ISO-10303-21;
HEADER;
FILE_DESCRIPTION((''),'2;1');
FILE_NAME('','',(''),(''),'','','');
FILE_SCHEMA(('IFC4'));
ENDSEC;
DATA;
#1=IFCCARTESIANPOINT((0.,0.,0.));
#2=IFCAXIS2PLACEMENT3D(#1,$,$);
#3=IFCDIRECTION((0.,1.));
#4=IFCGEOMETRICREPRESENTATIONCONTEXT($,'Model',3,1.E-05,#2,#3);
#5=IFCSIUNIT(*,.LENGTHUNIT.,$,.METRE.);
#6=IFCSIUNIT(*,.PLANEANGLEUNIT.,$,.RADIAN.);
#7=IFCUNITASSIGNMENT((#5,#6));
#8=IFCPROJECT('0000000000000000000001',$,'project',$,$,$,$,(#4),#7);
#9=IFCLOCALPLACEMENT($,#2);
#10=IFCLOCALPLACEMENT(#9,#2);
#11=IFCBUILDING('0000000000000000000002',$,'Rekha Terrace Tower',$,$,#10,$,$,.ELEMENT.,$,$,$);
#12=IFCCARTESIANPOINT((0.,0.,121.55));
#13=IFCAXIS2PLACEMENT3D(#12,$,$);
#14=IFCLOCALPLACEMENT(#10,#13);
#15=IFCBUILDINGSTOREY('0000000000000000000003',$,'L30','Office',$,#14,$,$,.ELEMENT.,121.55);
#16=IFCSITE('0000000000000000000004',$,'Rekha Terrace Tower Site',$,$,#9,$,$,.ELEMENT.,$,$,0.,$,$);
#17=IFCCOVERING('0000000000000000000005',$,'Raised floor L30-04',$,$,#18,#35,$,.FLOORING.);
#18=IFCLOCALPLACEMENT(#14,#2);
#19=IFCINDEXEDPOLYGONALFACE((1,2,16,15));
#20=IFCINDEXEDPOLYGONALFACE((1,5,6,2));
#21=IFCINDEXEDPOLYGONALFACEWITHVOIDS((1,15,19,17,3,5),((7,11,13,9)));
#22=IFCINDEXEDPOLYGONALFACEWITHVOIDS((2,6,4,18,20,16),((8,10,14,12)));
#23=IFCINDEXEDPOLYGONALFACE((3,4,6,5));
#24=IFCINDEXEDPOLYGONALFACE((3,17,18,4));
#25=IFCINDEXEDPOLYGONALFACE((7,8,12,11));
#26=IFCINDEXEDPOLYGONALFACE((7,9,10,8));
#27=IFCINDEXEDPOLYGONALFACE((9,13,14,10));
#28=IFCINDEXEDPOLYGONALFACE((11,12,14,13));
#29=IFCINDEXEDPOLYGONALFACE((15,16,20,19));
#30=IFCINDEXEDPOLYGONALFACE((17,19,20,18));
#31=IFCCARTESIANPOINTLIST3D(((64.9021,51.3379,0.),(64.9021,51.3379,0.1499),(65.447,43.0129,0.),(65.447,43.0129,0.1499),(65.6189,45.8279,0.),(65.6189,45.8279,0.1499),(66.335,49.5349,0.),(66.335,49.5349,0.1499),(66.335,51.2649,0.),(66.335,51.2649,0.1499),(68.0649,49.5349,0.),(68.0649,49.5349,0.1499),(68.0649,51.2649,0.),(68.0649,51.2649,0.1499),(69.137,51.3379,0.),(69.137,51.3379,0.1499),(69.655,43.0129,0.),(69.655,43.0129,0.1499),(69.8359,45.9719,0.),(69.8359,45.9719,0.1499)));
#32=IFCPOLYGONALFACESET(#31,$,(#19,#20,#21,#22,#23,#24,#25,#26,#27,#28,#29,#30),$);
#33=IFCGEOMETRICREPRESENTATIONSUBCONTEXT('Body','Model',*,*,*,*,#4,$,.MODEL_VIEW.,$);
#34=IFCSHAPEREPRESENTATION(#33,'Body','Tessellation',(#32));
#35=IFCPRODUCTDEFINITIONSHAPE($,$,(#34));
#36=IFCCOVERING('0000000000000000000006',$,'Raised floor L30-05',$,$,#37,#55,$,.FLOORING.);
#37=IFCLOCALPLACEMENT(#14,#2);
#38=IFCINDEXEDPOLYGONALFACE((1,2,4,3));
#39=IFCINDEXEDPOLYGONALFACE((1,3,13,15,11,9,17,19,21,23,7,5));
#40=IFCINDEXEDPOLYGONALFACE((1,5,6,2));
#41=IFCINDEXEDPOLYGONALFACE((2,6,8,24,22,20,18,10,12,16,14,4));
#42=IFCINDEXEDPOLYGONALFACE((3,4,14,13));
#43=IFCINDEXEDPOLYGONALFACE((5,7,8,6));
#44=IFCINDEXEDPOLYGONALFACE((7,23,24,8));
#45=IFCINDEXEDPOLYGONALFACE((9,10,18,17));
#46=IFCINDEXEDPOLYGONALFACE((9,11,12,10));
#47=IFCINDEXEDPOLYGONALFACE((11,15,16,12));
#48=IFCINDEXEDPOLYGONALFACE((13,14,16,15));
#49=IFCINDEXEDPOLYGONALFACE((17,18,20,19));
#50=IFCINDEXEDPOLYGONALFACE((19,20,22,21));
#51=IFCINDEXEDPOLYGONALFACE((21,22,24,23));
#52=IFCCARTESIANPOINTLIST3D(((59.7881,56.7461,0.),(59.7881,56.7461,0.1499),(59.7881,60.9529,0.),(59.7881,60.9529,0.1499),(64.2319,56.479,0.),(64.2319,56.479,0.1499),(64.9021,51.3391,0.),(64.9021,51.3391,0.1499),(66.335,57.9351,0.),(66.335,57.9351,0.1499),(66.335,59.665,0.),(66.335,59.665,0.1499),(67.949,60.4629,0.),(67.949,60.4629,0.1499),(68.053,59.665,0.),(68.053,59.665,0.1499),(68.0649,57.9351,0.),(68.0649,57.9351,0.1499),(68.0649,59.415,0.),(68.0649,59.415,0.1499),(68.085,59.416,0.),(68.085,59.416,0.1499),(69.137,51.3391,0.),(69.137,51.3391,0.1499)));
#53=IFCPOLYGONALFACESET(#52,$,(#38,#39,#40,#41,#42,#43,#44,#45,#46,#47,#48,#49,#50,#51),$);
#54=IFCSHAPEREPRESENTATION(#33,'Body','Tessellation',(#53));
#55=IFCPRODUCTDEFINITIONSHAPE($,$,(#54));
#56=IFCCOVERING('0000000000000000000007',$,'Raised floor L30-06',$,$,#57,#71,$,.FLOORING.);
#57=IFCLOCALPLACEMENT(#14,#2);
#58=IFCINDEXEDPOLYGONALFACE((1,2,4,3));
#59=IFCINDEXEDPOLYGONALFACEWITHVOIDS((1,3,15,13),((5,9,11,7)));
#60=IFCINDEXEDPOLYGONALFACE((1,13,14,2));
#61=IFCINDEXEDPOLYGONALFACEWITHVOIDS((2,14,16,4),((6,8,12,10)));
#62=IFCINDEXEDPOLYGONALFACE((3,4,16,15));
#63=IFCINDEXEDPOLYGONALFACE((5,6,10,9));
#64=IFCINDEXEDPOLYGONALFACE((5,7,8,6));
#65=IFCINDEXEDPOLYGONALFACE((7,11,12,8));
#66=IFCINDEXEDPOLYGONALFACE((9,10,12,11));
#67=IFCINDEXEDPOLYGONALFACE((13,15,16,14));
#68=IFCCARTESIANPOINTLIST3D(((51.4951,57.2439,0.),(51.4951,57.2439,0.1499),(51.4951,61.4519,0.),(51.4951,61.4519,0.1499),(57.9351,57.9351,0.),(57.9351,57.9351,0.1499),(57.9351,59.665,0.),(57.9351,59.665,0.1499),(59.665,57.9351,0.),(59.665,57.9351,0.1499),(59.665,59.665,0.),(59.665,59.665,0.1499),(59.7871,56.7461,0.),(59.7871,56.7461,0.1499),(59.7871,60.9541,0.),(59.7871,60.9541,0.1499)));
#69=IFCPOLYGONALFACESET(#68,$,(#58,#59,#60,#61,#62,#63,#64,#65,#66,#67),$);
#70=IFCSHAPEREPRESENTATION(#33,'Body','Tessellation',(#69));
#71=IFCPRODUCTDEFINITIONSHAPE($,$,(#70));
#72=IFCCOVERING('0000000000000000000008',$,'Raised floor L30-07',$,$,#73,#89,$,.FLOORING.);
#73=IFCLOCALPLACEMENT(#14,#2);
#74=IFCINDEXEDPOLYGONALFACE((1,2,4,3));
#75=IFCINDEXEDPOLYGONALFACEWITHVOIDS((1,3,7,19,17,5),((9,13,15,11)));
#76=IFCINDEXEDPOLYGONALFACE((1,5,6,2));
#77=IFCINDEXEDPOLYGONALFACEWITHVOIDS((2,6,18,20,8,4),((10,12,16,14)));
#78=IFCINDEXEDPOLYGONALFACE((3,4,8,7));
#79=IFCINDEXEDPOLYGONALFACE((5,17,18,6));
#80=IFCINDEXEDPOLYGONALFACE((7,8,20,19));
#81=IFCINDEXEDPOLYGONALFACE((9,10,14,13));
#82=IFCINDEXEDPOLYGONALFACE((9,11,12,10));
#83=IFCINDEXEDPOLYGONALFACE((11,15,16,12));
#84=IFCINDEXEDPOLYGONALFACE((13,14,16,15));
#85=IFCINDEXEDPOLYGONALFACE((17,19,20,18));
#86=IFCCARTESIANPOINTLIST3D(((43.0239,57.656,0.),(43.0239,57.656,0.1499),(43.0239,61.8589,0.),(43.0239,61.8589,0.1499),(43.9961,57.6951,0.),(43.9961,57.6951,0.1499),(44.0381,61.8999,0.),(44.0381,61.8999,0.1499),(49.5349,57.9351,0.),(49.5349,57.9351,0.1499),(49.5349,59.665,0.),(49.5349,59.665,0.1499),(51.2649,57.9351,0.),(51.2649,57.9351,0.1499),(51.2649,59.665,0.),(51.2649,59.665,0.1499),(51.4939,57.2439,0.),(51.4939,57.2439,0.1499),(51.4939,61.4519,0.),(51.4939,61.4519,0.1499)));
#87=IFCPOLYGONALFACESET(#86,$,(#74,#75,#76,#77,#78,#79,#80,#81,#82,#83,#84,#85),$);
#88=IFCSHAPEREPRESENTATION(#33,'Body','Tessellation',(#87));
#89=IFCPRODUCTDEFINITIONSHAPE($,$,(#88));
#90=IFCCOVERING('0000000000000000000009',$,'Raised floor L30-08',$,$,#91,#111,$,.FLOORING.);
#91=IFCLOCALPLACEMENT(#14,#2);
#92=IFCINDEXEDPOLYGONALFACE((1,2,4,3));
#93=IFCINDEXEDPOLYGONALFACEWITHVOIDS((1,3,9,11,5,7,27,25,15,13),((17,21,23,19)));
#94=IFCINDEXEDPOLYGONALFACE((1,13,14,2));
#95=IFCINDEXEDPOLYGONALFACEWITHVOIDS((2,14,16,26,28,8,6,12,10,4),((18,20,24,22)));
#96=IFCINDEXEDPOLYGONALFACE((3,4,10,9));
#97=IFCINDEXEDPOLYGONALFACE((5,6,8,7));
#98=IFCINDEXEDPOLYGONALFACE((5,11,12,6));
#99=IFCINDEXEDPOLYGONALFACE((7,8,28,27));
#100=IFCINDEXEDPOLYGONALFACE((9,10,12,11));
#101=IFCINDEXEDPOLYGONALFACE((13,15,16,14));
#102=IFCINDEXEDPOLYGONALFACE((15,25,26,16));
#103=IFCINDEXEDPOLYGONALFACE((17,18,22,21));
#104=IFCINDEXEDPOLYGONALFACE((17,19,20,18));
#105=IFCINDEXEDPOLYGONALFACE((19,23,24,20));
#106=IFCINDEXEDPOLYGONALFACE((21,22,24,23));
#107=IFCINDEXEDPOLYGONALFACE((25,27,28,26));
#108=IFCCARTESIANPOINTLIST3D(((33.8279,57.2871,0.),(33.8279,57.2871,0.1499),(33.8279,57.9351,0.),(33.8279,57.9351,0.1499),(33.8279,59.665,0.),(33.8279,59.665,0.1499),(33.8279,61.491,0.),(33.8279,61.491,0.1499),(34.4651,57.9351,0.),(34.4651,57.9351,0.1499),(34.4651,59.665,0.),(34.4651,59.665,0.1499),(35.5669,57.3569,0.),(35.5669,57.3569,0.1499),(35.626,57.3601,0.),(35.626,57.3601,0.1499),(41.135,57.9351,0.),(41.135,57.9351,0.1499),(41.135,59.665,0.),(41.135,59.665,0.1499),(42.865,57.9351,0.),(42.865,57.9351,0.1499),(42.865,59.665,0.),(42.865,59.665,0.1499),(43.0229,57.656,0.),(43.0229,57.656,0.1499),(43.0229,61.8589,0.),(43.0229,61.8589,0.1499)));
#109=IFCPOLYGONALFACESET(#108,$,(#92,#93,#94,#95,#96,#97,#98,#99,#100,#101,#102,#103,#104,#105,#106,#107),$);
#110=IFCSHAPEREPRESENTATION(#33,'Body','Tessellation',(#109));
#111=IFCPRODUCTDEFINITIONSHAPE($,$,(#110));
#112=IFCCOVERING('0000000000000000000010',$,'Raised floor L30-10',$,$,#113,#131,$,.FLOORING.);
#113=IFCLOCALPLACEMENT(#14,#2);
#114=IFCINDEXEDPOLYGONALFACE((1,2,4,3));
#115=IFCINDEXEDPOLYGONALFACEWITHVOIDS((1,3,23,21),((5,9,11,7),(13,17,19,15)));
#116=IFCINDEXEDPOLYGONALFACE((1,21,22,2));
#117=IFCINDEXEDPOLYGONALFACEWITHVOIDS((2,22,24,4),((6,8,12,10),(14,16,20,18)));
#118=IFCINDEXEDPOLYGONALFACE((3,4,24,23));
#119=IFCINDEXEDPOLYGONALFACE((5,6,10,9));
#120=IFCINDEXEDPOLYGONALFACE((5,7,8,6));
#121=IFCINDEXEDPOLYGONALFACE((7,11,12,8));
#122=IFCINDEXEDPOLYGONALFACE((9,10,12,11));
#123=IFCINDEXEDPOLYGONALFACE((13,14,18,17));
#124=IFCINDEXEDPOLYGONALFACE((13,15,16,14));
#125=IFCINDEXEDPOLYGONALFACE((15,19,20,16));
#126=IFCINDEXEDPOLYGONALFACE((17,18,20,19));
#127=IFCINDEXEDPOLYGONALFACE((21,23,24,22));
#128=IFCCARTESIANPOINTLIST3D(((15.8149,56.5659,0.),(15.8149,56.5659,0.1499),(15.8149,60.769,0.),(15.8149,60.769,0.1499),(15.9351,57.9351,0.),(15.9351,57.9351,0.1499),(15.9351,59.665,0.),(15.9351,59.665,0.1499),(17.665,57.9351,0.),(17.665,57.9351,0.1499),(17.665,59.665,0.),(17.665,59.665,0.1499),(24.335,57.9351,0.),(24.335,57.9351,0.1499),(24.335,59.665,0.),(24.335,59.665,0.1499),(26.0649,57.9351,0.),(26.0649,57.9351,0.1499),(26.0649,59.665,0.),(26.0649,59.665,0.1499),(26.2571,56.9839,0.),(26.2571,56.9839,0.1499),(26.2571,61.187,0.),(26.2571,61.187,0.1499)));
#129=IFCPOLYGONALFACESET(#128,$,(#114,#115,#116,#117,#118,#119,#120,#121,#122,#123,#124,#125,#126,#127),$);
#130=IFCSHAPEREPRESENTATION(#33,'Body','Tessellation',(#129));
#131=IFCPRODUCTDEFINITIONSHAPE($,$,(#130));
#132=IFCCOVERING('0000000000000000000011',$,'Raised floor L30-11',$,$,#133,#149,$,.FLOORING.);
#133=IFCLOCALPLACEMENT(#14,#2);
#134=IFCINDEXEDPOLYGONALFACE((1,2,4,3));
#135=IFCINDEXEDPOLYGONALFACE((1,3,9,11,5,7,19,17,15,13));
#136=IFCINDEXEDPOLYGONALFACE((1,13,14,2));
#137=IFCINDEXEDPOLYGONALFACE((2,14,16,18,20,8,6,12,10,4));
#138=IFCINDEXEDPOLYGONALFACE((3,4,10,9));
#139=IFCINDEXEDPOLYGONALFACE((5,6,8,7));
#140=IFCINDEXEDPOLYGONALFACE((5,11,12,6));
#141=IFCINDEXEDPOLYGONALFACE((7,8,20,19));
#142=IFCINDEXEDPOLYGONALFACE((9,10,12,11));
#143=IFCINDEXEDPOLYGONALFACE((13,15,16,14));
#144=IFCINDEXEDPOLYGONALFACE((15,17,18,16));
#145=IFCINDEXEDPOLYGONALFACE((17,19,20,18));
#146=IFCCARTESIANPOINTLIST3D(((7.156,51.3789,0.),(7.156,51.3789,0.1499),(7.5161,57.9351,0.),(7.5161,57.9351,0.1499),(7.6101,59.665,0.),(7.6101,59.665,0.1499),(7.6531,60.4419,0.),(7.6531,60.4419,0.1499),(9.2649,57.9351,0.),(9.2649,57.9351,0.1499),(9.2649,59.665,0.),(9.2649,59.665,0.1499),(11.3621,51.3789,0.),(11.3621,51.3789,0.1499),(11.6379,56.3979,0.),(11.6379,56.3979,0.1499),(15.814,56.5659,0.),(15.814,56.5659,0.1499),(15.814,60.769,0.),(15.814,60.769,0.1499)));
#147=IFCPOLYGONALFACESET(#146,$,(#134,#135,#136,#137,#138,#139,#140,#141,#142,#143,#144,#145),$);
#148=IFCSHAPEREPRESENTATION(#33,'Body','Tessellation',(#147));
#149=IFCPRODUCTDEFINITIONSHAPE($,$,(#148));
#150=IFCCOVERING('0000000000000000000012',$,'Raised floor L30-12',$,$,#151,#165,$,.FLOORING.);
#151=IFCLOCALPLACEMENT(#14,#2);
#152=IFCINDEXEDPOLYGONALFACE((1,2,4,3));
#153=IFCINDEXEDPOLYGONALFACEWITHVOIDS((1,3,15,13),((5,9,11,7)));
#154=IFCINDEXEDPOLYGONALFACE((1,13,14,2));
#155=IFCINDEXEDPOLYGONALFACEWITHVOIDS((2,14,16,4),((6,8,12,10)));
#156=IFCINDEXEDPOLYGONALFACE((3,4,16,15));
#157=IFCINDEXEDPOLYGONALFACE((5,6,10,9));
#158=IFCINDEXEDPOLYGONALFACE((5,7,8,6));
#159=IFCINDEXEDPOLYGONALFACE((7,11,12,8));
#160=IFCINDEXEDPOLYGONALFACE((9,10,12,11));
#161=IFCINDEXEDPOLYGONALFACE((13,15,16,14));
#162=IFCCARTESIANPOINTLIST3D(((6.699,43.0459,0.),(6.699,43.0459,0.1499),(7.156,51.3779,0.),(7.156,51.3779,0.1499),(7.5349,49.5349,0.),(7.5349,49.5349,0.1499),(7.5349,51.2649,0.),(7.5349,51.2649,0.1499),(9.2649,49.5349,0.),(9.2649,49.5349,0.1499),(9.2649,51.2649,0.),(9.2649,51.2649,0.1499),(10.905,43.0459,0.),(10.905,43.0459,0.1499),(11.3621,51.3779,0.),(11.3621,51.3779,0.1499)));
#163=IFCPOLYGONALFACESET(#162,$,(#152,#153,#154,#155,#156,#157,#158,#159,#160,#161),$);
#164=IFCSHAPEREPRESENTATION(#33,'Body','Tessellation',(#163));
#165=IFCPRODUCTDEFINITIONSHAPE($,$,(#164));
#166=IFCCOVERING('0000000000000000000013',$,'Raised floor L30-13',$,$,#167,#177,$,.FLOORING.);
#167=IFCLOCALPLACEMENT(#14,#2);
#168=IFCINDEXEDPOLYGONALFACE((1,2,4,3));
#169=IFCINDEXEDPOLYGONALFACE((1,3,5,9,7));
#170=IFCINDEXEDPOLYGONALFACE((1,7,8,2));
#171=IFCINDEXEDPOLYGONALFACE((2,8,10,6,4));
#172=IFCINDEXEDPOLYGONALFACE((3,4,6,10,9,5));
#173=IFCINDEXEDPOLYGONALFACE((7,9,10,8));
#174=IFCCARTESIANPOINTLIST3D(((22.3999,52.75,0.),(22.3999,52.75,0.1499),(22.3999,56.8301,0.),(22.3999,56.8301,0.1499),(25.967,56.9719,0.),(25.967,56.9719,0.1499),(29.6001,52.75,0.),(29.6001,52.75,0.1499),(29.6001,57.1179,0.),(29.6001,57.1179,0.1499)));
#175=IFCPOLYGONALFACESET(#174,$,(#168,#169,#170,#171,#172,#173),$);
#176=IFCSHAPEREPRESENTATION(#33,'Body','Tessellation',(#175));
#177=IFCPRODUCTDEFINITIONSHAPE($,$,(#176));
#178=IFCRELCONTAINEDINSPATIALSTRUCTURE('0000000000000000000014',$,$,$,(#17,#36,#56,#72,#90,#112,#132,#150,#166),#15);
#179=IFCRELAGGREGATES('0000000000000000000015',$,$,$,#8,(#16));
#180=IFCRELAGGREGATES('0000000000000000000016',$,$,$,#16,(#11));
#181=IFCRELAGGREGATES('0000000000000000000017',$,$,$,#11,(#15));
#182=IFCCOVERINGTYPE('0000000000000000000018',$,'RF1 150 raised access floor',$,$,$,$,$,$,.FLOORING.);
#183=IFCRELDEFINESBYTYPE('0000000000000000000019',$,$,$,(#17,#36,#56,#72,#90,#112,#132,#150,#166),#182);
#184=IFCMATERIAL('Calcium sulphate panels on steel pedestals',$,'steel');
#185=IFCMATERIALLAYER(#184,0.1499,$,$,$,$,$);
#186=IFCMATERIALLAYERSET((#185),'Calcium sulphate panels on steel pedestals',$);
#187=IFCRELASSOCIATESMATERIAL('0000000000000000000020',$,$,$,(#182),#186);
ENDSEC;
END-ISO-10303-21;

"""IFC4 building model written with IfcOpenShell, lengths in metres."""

from ifc_helpers import new_model, si_unit, direction, frame, origin, place, context, subcontext, project, spatial, polyline, outline, extrude, material, layer, layer_set, type_object, element, save


model = new_model("IFC4")

# Units and contexts
model_context = context("Model", 3, precision=1e-05, world=origin(), true_north=direction((0.0, 1.0)))
body_context = subcontext(model_context, "Body", "Model", "MODEL_VIEW")
ifc_project = project(units=[si_unit("LENGTHUNIT", "METRE"), si_unit("PLANEANGLEUNIT", "RADIAN")], contexts=[model_context])

# Site, building, storey
site_placement = place(None, origin())
site = spatial("IfcSite", under=ifc_project, at=site_placement, Name="Rekha Terrace Tower Site", CompositionType="ELEMENT", RefElevation=0.0)
building_placement = place(site_placement, origin())
building = spatial("IfcBuilding", under=site, at=building_placement, Name="Rekha Terrace Tower", CompositionType="ELEMENT")
storey_placement = place(building_placement, frame((0.0, 0.0, 121.55)))
storey = spatial("IfcBuildingStorey", under=building, at=storey_placement, Name="L30", Description="Office", CompositionType="ELEMENT", Elevation=121.55)

# Coverings
ifc_material_1 = material(Name="Calcium sulphate panels on steel pedestals", Category="steel")
ifc_layer_1 = layer(ifc_material_1, 0.1499)
ifc_layer_set_1 = layer_set([ifc_layer_1], Name="Calcium sulphate panels on steel pedestals")
covering_type_1 = type_object("IfcCoveringType", Name="RF1 150 raised access floor", PredefinedType="FLOORING", material=ifc_layer_set_1)
covering_1_placement = place(storey_placement, origin())
element("IfcCovering", 1, at=covering_1_placement, inside=storey, type_object=covering_type_1, Name="Raised floor L30-04", PredefinedType="FLOORING", context=body_context, shape_type="SweptSolid", body=[
    extrude(outline(polyline([(69.8359, 45.9719), (69.137, 51.3379), (64.9021, 51.3379), (65.6189, 45.8279), (65.447, 43.0129), (69.655, 43.0129), (69.8359, 45.9719)]), holes=[polyline([(68.0649, 49.5349), (66.335, 49.5349), (66.335, 51.2649), (68.0649, 51.2649), (68.0649, 49.5349)])]), origin(), (0.0, 0.0, 1.0), 0.1499),
])
covering_2_placement = place(storey_placement, origin())
element("IfcCovering", 2, at=covering_2_placement, inside=storey, type_object=covering_type_1, Name="Raised floor L30-05", PredefinedType="FLOORING", context=body_context, shape_type="SweptSolid", body=[
    extrude(outline(polyline([(67.949, 60.4629), (59.7881, 60.9529), (59.7881, 56.7461), (64.2319, 56.479), (64.9021, 51.3391), (69.137, 51.3391), (68.085, 59.416), (68.0649, 59.415), (68.0649, 57.9351), (66.335, 57.9351), (66.335, 59.665), (68.053, 59.665), (67.949, 60.4629)])), origin(), (0.0, 0.0, 1.0), 0.1499),
])
covering_3_placement = place(storey_placement, origin())
element("IfcCovering", 3, at=covering_3_placement, inside=storey, type_object=covering_type_1, Name="Raised floor L30-06", PredefinedType="FLOORING", context=body_context, shape_type="SweptSolid", body=[
    extrude(outline(polyline([(59.7871, 56.7461), (59.7871, 60.9541), (51.4951, 61.4519), (51.4951, 57.2439), (59.7871, 56.7461)]), holes=[polyline([(59.665, 57.9351), (57.9351, 57.9351), (57.9351, 59.665), (59.665, 59.665), (59.665, 57.9351)])]), origin(), (0.0, 0.0, 1.0), 0.1499),
])
covering_4_placement = place(storey_placement, origin())
element("IfcCovering", 4, at=covering_4_placement, inside=storey, type_object=covering_type_1, Name="Raised floor L30-07", PredefinedType="FLOORING", context=body_context, shape_type="SweptSolid", body=[
    extrude(outline(polyline([(44.0381, 61.8999), (43.0239, 61.8589), (43.0239, 57.656), (43.9961, 57.6951), (51.4939, 57.2439), (51.4939, 61.4519), (44.0381, 61.8999)]), holes=[polyline([(51.2649, 57.9351), (49.5349, 57.9351), (49.5349, 59.665), (51.2649, 59.665), (51.2649, 57.9351)])]), origin(), (0.0, 0.0, 1.0), 0.1499),
])
covering_5_placement = place(storey_placement, origin())
element("IfcCovering", 5, at=covering_5_placement, inside=storey, type_object=covering_type_1, Name="Raised floor L30-08", PredefinedType="FLOORING", context=body_context, shape_type="SweptSolid", body=[
    extrude(outline(polyline([(33.8279, 57.9351), (33.8279, 57.2871), (35.5669, 57.3569), (35.626, 57.3601), (43.0229, 57.656), (43.0229, 61.8589), (33.8279, 61.491), (33.8279, 59.665), (34.4651, 59.665), (34.4651, 57.9351), (33.8279, 57.9351)]), holes=[polyline([(42.865, 57.9351), (41.135, 57.9351), (41.135, 59.665), (42.865, 59.665), (42.865, 57.9351)])]), origin(), (0.0, 0.0, 1.0), 0.1499),
])
covering_6_placement = place(storey_placement, origin())
element("IfcCovering", 6, at=covering_6_placement, inside=storey, type_object=covering_type_1, Name="Raised floor L30-10", PredefinedType="FLOORING", context=body_context, shape_type="SweptSolid", body=[
    extrude(outline(polyline([(26.2571, 56.9839), (26.2571, 61.187), (15.8149, 60.769), (15.8149, 56.5659), (26.2571, 56.9839)]), holes=[polyline([(26.0649, 57.9351), (24.335, 57.9351), (24.335, 59.665), (26.0649, 59.665), (26.0649, 57.9351)]), polyline([(17.665, 57.9351), (15.9351, 57.9351), (15.9351, 59.665), (17.665, 59.665), (17.665, 57.9351)])]), origin(), (0.0, 0.0, 1.0), 0.1499),
])
covering_7_placement = place(storey_placement, origin())
element("IfcCovering", 7, at=covering_7_placement, inside=storey, type_object=covering_type_1, Name="Raised floor L30-11", PredefinedType="FLOORING", context=body_context, shape_type="SweptSolid", body=[
    extrude(outline(polyline([(7.5161, 57.9351), (7.156, 51.3789), (11.3621, 51.3789), (11.6379, 56.3979), (15.814, 56.5659), (15.814, 60.769), (7.6531, 60.4419), (7.6101, 59.665), (9.2649, 59.665), (9.2649, 57.9351), (7.5161, 57.9351)])), origin(), (0.0, 0.0, 1.0), 0.1499),
])
covering_8_placement = place(storey_placement, origin())
element("IfcCovering", 8, at=covering_8_placement, inside=storey, type_object=covering_type_1, Name="Raised floor L30-12", PredefinedType="FLOORING", context=body_context, shape_type="SweptSolid", body=[
    extrude(outline(polyline([(11.3621, 51.3779), (7.156, 51.3779), (6.699, 43.0459), (10.905, 43.0459), (11.3621, 51.3779)]), holes=[polyline([(9.2649, 51.2649), (9.2649, 49.5349), (7.5349, 49.5349), (7.5349, 51.2649), (9.2649, 51.2649)])]), origin(), (0.0, 0.0, 1.0), 0.1499),
])
covering_9_placement = place(storey_placement, origin())
element("IfcCovering", 9, at=covering_9_placement, inside=storey, type_object=covering_type_1, Name="Raised floor L30-13", PredefinedType="FLOORING", context=body_context, shape_type="SweptSolid", body=[
    extrude(outline(polyline([(22.3999, 52.75), (29.6001, 52.75), (29.6001, 57.1179), (25.967, 56.9719), (22.3999, 56.8301), (22.3999, 52.75)])), origin(), (0.0, 0.0, 1.0), 0.1499),
])

save(model, "model.ifc")
